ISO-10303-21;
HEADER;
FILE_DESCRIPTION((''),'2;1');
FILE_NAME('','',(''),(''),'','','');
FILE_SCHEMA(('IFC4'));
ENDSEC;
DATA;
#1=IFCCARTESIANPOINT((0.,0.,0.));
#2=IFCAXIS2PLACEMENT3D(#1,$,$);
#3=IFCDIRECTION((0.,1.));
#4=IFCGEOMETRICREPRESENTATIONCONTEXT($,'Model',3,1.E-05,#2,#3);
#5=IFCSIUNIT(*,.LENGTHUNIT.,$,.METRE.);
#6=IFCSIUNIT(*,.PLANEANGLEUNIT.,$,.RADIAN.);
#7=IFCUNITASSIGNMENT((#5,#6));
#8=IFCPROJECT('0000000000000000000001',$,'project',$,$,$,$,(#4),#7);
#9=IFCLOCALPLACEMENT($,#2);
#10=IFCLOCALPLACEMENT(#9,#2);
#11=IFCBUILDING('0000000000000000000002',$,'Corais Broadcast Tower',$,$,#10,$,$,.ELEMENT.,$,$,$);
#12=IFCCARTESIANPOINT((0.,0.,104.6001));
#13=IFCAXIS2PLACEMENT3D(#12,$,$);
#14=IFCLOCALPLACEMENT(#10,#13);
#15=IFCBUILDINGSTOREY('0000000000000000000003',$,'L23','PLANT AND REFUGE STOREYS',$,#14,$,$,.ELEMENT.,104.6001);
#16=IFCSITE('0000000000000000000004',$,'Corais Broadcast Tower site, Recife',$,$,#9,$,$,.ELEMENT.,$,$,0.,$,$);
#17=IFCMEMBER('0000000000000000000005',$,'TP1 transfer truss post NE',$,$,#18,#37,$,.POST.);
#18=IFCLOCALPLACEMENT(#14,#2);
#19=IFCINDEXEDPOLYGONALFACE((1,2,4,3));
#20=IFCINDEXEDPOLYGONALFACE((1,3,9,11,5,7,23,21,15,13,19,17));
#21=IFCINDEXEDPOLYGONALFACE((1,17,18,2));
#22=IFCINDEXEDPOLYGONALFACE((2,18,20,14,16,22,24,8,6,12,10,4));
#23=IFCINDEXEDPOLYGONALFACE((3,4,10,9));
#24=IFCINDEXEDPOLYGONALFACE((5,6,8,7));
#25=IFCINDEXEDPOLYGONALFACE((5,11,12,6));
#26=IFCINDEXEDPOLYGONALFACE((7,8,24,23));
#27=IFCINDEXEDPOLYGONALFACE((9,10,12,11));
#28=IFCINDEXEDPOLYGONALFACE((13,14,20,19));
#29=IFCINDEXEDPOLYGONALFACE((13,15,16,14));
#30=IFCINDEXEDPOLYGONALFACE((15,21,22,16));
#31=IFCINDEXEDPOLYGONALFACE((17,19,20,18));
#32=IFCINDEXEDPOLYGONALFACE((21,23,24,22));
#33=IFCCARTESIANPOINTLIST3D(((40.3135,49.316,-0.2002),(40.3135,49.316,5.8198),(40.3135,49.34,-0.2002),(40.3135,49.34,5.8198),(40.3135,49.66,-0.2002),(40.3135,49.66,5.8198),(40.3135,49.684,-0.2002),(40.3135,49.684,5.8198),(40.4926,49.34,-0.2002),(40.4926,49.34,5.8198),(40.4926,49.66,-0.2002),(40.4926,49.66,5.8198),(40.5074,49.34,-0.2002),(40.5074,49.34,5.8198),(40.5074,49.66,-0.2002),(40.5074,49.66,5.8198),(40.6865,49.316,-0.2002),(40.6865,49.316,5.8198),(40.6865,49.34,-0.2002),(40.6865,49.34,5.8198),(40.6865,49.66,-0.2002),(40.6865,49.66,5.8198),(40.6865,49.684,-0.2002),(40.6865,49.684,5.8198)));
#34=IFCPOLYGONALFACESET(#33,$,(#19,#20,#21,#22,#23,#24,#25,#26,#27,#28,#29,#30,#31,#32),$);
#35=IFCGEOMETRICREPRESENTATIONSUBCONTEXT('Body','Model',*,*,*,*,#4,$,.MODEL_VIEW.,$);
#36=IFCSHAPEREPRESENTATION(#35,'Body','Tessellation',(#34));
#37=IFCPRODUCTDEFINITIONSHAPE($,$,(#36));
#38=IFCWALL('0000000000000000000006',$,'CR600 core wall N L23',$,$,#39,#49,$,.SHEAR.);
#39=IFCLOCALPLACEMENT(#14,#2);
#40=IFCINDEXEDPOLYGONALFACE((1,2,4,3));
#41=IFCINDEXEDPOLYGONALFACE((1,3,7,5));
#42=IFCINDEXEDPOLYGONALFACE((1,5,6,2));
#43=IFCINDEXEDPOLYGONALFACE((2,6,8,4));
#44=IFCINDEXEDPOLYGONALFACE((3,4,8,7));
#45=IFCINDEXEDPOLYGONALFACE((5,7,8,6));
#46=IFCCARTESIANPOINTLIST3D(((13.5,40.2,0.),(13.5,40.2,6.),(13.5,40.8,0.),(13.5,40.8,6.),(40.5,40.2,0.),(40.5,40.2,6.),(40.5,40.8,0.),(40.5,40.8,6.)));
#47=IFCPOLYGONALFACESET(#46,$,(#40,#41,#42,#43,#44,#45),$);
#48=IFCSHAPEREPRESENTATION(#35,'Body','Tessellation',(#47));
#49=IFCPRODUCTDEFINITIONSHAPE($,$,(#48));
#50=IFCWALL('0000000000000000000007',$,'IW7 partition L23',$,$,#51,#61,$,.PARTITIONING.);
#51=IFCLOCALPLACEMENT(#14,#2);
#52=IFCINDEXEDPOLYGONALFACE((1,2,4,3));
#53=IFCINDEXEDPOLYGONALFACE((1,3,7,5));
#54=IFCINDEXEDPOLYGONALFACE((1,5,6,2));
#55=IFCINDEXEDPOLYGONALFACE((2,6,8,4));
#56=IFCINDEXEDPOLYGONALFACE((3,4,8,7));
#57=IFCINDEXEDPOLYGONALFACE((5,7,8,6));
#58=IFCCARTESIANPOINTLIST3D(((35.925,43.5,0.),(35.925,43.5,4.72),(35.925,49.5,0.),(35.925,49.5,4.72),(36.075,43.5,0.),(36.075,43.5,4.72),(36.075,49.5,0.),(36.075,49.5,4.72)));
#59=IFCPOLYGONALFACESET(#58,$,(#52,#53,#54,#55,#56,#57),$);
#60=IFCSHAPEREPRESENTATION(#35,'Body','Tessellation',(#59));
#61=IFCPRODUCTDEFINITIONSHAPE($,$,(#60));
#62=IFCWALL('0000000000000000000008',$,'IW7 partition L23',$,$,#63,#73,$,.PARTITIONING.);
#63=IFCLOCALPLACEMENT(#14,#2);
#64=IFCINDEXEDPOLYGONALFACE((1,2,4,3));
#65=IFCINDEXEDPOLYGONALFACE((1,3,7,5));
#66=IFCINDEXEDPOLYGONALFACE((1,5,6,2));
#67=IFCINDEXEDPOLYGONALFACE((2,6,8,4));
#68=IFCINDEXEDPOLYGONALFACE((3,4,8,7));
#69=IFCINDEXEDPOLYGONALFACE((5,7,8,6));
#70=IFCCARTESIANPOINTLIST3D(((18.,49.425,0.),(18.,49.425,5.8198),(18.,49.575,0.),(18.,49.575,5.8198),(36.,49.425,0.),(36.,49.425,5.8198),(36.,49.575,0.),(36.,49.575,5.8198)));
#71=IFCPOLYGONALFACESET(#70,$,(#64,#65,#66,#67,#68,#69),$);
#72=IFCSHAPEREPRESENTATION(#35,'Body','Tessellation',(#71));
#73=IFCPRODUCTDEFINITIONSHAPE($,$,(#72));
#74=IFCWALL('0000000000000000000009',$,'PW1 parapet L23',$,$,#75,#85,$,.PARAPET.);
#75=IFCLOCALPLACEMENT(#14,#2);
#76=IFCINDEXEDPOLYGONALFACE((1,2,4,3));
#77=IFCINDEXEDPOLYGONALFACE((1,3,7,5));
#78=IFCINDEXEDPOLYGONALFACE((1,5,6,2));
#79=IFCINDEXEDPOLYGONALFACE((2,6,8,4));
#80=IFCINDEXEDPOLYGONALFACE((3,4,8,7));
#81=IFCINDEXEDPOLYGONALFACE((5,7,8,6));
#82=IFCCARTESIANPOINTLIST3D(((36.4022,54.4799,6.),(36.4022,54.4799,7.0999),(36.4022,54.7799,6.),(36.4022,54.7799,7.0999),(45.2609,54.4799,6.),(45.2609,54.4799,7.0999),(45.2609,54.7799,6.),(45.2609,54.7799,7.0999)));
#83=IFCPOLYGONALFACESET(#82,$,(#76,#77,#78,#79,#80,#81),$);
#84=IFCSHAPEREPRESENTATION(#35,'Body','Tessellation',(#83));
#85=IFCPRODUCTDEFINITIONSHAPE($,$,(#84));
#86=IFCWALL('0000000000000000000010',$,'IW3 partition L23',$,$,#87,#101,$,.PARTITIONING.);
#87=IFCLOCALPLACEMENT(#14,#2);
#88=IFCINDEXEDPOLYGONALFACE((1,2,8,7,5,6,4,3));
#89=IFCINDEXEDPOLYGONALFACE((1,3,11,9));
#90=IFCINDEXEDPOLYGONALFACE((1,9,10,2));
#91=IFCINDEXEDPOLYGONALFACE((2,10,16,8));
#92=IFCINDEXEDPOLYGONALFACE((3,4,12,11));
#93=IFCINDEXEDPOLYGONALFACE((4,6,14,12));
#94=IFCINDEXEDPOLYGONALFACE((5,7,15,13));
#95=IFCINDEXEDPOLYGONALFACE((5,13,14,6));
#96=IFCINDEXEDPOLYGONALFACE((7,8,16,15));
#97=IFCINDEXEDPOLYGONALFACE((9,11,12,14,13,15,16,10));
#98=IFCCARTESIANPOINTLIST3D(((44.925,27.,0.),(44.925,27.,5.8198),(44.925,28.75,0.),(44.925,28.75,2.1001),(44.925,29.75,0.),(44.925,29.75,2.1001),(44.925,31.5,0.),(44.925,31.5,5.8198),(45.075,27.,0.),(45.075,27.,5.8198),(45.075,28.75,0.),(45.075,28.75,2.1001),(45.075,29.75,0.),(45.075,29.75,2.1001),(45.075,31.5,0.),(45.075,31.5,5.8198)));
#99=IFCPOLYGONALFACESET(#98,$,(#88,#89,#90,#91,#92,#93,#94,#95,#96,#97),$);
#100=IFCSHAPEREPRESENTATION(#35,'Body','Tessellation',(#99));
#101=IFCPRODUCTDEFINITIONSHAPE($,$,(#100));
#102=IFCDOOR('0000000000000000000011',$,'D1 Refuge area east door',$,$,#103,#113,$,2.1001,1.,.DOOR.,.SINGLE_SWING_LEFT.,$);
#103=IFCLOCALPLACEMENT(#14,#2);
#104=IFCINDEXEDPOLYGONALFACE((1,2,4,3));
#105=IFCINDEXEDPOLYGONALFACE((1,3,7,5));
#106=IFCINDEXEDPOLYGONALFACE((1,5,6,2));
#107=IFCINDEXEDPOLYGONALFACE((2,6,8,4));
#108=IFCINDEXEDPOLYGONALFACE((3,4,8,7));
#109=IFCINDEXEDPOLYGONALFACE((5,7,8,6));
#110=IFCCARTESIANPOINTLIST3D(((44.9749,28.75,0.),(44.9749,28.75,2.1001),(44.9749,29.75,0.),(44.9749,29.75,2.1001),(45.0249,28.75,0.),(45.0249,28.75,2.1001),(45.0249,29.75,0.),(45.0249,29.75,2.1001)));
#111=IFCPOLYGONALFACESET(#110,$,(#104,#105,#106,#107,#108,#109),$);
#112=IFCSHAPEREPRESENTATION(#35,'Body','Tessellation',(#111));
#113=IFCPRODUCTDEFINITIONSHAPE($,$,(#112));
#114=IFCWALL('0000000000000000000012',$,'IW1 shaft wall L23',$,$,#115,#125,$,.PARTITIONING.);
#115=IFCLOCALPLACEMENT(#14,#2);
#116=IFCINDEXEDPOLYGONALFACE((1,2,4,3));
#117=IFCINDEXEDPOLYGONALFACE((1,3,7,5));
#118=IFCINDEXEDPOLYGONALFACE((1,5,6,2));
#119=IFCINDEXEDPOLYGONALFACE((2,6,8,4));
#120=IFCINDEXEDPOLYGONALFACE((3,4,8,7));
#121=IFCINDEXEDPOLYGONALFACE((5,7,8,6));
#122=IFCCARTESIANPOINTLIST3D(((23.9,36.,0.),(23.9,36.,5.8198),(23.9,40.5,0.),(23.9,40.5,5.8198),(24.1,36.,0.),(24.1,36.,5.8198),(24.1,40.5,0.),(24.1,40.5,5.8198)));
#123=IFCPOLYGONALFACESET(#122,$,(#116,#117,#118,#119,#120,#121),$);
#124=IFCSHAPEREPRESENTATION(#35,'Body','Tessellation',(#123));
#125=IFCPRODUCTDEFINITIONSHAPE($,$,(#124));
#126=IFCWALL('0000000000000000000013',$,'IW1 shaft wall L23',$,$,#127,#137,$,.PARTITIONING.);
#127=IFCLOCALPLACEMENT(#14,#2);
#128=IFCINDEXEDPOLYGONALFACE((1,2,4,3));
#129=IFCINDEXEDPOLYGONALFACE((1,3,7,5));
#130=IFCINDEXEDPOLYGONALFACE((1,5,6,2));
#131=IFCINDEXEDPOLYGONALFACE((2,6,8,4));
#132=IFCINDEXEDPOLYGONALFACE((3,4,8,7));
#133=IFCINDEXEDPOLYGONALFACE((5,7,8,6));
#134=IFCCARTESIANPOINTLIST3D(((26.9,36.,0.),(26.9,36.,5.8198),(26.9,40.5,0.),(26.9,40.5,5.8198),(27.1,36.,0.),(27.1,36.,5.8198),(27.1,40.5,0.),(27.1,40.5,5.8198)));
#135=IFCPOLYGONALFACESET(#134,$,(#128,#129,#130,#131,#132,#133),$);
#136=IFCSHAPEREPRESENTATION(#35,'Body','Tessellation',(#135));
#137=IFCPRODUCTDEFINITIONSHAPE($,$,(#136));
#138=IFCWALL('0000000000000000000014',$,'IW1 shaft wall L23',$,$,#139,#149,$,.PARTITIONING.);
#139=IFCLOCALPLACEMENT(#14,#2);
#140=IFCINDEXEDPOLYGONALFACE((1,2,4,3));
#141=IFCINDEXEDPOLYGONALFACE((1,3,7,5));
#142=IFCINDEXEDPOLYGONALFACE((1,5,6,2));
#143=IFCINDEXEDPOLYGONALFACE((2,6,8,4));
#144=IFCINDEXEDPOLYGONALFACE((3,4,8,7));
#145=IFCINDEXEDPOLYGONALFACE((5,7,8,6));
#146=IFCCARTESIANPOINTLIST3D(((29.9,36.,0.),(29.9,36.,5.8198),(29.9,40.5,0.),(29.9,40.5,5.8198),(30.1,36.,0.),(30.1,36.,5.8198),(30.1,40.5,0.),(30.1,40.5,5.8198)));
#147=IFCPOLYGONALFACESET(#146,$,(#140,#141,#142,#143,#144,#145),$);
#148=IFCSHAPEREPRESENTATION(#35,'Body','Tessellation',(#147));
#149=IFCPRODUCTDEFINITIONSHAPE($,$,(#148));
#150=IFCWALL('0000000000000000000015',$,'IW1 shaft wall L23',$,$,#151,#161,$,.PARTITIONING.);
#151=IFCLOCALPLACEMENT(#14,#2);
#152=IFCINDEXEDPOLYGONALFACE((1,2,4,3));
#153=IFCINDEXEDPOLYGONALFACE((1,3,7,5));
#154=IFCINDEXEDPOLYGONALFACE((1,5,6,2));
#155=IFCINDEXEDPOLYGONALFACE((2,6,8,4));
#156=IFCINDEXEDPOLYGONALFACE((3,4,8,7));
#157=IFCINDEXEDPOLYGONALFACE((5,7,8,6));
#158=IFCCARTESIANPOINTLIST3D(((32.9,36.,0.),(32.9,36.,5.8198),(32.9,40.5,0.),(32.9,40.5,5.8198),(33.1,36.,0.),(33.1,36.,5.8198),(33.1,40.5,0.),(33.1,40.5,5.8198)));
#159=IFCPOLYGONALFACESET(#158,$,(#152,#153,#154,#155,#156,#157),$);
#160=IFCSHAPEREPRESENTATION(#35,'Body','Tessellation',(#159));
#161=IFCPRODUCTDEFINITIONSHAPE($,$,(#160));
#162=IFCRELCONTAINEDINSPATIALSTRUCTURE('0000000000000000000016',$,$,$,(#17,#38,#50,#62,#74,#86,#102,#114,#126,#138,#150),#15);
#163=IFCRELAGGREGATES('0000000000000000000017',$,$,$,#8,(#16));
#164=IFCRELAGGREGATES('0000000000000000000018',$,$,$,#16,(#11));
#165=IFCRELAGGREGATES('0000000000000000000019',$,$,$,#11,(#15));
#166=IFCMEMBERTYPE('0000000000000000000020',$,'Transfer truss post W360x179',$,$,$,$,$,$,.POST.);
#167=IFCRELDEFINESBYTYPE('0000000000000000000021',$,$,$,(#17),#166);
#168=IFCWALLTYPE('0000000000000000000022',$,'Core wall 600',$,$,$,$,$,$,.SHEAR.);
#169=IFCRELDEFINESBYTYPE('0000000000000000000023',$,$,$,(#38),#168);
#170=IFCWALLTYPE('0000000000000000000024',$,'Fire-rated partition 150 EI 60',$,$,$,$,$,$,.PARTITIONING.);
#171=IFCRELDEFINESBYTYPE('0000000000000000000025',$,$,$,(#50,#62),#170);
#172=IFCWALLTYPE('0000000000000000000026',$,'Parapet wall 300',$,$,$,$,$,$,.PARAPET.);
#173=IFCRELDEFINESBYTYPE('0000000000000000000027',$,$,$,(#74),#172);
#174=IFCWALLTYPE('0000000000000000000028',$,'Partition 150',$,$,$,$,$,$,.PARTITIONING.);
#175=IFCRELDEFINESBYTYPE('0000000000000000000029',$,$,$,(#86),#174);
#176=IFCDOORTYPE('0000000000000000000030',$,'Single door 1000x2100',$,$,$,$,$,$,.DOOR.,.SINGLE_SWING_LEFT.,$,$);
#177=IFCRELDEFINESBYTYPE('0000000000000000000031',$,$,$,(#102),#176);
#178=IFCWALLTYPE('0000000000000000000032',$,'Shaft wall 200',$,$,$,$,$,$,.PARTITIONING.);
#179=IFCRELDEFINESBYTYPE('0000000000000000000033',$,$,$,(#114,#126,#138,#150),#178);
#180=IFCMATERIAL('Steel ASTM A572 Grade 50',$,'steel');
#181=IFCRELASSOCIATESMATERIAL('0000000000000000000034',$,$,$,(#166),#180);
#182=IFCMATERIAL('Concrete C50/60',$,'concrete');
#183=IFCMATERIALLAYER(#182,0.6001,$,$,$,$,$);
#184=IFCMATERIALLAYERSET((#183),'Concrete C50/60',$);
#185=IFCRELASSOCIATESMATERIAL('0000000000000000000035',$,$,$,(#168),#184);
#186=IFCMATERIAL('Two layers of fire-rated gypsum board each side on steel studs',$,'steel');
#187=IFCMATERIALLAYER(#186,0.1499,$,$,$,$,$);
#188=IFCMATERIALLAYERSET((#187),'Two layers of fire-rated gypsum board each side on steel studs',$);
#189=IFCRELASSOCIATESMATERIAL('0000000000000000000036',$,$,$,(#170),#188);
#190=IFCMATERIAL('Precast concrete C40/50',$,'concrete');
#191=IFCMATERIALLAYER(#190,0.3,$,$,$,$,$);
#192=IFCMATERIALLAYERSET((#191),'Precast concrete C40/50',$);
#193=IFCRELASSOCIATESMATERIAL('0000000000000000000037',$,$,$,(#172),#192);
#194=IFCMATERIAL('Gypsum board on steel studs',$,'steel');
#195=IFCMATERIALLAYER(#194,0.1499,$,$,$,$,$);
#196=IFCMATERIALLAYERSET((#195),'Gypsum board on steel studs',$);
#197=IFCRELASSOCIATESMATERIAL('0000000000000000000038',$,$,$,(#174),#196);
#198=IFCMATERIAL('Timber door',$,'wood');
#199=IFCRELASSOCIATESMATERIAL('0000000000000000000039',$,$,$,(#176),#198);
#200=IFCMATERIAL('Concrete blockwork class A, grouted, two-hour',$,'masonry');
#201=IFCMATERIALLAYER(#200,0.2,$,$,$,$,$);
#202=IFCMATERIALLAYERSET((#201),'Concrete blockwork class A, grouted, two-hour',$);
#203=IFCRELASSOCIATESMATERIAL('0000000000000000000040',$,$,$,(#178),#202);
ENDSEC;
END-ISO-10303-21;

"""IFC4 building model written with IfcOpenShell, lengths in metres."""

from ifc_helpers import new_model, si_unit, direction, frame, frame_2d, origin, origin_2d, place, context, subcontext, project, spatial, rectangle, i_section, extrude, material, layer, layer_set, material_profile, profile_set, type_object, element, fill, save


model = new_model("IFC4")

# Units and contexts
model_context = context("Model", 3, precision=1e-05, world=origin(), true_north=direction((0.0, 1.0)))
body_context = subcontext(model_context, "Body", "Model", "MODEL_VIEW")
ifc_project = project(units=[si_unit("LENGTHUNIT", "METRE"), si_unit("PLANEANGLEUNIT", "RADIAN")], contexts=[model_context])

# Site, building, storey
site_placement = place(None, origin())
site = spatial("IfcSite", under=ifc_project, at=site_placement, Name="Corais Broadcast Tower site, Recife", CompositionType="ELEMENT", RefElevation=0.0)
building_placement = place(site_placement, origin())
building = spatial("IfcBuilding", under=site, at=building_placement, Name="Corais Broadcast Tower", CompositionType="ELEMENT")
storey_placement = place(building_placement, frame((0.0, 0.0, 104.6001)))
storey = spatial("IfcBuildingStorey", under=building, at=storey_placement, Name="L23", Description="PLANT AND REFUGE STOREYS", CompositionType="ELEMENT", Elevation=104.6001)

# Member
ifc_material_1 = material(Name="Steel ASTM A572 Grade 50", Category="steel")
ifc_material_profile_1 = material_profile(ifc_material_1, i_section(OverallWidth=0.373, OverallDepth=0.3679, WebThickness=0.0149, FlangeThickness=0.0239, at=origin_2d()), Name="W360x179")
ifc_profile_set_1 = profile_set([ifc_material_profile_1], Name="Steel ASTM A572 Grade 50")
member_type_1 = type_object("IfcMemberType", Name="Transfer truss post W360x179", PredefinedType="POST", material=ifc_profile_set_1)
member_1_placement = place(storey_placement, frame((40.5, 49.5, -0.2002), z_axis=(0.0, 0.0, 1.0), x_axis=(1.0, 0.0, 0.0)))
element("IfcMember", 1, at=member_1_placement, inside=storey, type_object=member_type_1, Name="TP1 transfer truss post NE", PredefinedType="POST", context=body_context, shape_type="SweptSolid", body=[
    extrude(i_section(OverallWidth=0.373, OverallDepth=0.3679, WebThickness=0.0149, FlangeThickness=0.0239, at=origin_2d()), origin(), (0.0, 0.0, 1.0), 6.02),
])

# Walls
ifc_material_2 = material(Name="Concrete C50/60", Category="concrete")
ifc_layer_1 = layer(ifc_material_2, 0.6001)
ifc_layer_set_1 = layer_set([ifc_layer_1], Name="Concrete C50/60")
wall_type_1 = type_object("IfcWallType", Name="Core wall 600", PredefinedType="SHEAR", material=ifc_layer_set_1)
wall_1_placement = place(storey_placement, frame((40.5, 40.5, 0.0), z_axis=(0.0, 0.0, 1.0), x_axis=(-1.0, 0.0, 0.0)))
element("IfcWall", 2, at=wall_1_placement, inside=storey, type_object=wall_type_1, Name="CR600 core wall N L23", PredefinedType="SHEAR", context=body_context, shape_type="SweptSolid", body=[
    extrude(rectangle(XDim=27.0, YDim=0.6001, at=frame_2d((13.5, 0.0))), origin(), (0.0, 0.0, 1.0), 6.0),
])
ifc_material_3 = material(Name="Two layers of fire-rated gypsum board each side on steel studs", Category="steel")
ifc_layer_2 = layer(ifc_material_3, 0.1499)
ifc_layer_set_2 = layer_set([ifc_layer_2], Name="Two layers of fire-rated gypsum board each side on steel studs")
wall_type_2 = type_object("IfcWallType", Name="Fire-rated partition 150 EI 60", PredefinedType="PARTITIONING", material=ifc_layer_set_2)
wall_2_placement = place(storey_placement, frame((36.0, 43.5, 0.0), z_axis=(0.0, 0.0, 1.0), x_axis=(0.0, 1.0, 0.0)))
element("IfcWall", 3, at=wall_2_placement, inside=storey, type_object=wall_type_2, Name="IW7 partition L23", PredefinedType="PARTITIONING", context=body_context, shape_type="SweptSolid", body=[
    extrude(rectangle(XDim=6.0, YDim=0.1499, at=frame_2d((3.0, 0.0))), origin(), (0.0, 0.0, 1.0), 4.72),
])
wall_3_placement = place(storey_placement, frame((36.0, 49.5, 0.0), z_axis=(0.0, 0.0, 1.0), x_axis=(-1.0, 0.0, 0.0)))
element("IfcWall", 4, at=wall_3_placement, inside=storey, type_object=wall_type_2, Name="IW7 partition L23", PredefinedType="PARTITIONING", context=body_context, shape_type="SweptSolid", body=[
    extrude(rectangle(XDim=18.0, YDim=0.1499, at=frame_2d((9.0, 0.0))), origin(), (0.0, 0.0, 1.0), 5.8198),
])
ifc_material_4 = material(Name="Precast concrete C40/50", Category="concrete")
ifc_layer_3 = layer(ifc_material_4, 0.3)
ifc_layer_set_3 = layer_set([ifc_layer_3], Name="Precast concrete C40/50")
wall_type_3 = type_object("IfcWallType", Name="Parapet wall 300", PredefinedType="PARAPET", material=ifc_layer_set_3)
wall_4_placement = place(storey_placement, frame((36.4023, 54.6299, 6.0), z_axis=(0.0, 0.0, 1.0), x_axis=(1.0, 0.0, 0.0)))
element("IfcWall", 5, at=wall_4_placement, inside=storey, type_object=wall_type_3, Name="PW1 parapet L23", PredefinedType="PARAPET", context=body_context, shape_type="SweptSolid", body=[
    extrude(rectangle(XDim=8.8586, YDim=0.3, at=frame_2d((4.4292, 0.0))), origin(), (0.0, 0.0, 1.0), 1.0999),
])

# Wall, opening, door
ifc_material_5 = material(Name="Gypsum board on steel studs", Category="steel")
ifc_layer_4 = layer(ifc_material_5, 0.1499)
ifc_layer_set_4 = layer_set([ifc_layer_4], Name="Gypsum board on steel studs")
wall_type_4 = type_object("IfcWallType", Name="Partition 150", PredefinedType="PARTITIONING", material=ifc_layer_set_4)
wall_5_placement = place(storey_placement, frame((45.0, 31.5, 0.0), z_axis=(0.0, 0.0, 1.0), x_axis=(0.0, -1.0, 0.0)))
wall_5 = element("IfcWall", 6, at=wall_5_placement, inside=storey, type_object=wall_type_4, Name="IW3 partition L23", PredefinedType="PARTITIONING", context=body_context, shape_type="SweptSolid", body=[
    extrude(rectangle(XDim=4.5, YDim=0.1499, at=frame_2d((2.25, 0.0))), origin(), (0.0, 0.0, 1.0), 5.8198),
])
opening_1_placement = place(wall_5_placement, frame((1.75, 0.0, 0.0)))
opening_1 = element("IfcOpeningElement", 7, at=opening_1_placement, cuts=wall_5, PredefinedType="OPENING", context=body_context, shape_type="SweptSolid", body=[
    extrude(rectangle(XDim=1.0, YDim=2.1001, at=frame_2d((0.5, 1.05))), frame((0.0, 0.085, 0.0), z_axis=(0.0, -1.0, 0.0), x_axis=(1.0, 0.0, 0.0)), (0.0, 0.0, 1.0), 0.1699),
])
ifc_material_6 = material(Name="Timber door", Category="wood")
door_type = type_object("IfcDoorType", Name="Single door 1000x2100", OperationType="SINGLE_SWING_LEFT", PredefinedType="DOOR", material=ifc_material_6)
door_placement = place(opening_1_placement, origin())
door = element("IfcDoor", 8, at=door_placement, inside=storey, type_object=door_type, Name="D1 Refuge area east door", OperationType="SINGLE_SWING_LEFT", OverallHeight=2.1001, OverallWidth=1.0, PredefinedType="DOOR", context=body_context, shape_type="SweptSolid", body=[
    extrude(rectangle(XDim=1.0, YDim=2.1001, at=frame_2d((0.5, 1.05))), frame((0.0, 0.0249, 0.0), z_axis=(0.0, -1.0, 0.0), x_axis=(1.0, 0.0, 0.0)), (0.0, 0.0, 1.0), 0.05),
])
fill(opening_1, door)

# Walls
ifc_material_7 = material(Name="Concrete blockwork class A, grouted, two-hour", Category="masonry")
ifc_layer_5 = layer(ifc_material_7, 0.2)
ifc_layer_set_5 = layer_set([ifc_layer_5], Name="Concrete blockwork class A, grouted, two-hour")
wall_type_5 = type_object("IfcWallType", Name="Shaft wall 200", PredefinedType="PARTITIONING", material=ifc_layer_set_5)
for number, where, z_axis, x_axis, name in (
    (9, (24.0, 36.0, 0.0), (0.0, 0.0, 1.0), (0.0, 1.0, 0.0), "IW1 shaft wall L23"),
    (10, (27.0, 36.0, 0.0), (0.0, 0.0, 1.0), (0.0, 1.0, 0.0), "IW1 shaft wall L23"),
    (11, (30.0, 36.0, 0.0), (0.0, 0.0, 1.0), (0.0, 1.0, 0.0), "IW1 shaft wall L23"),
    (12, (33.0, 36.0, 0.0), (0.0, 0.0, 1.0), (0.0, 1.0, 0.0), "IW1 shaft wall L23"),
):
    element("IfcWall", number, at=place(storey_placement, frame(where, z_axis=z_axis, x_axis=x_axis)), inside=storey, type_object=wall_type_5, Name=name, PredefinedType="PARTITIONING", context=body_context, shape_type="SweptSolid", body=[
        extrude(rectangle(XDim=4.5, YDim=0.2, at=frame_2d((2.25, 0.0))), origin(), (0.0, 0.0, 1.0), 5.8198),
    ])

save(model, "model.ifc")
